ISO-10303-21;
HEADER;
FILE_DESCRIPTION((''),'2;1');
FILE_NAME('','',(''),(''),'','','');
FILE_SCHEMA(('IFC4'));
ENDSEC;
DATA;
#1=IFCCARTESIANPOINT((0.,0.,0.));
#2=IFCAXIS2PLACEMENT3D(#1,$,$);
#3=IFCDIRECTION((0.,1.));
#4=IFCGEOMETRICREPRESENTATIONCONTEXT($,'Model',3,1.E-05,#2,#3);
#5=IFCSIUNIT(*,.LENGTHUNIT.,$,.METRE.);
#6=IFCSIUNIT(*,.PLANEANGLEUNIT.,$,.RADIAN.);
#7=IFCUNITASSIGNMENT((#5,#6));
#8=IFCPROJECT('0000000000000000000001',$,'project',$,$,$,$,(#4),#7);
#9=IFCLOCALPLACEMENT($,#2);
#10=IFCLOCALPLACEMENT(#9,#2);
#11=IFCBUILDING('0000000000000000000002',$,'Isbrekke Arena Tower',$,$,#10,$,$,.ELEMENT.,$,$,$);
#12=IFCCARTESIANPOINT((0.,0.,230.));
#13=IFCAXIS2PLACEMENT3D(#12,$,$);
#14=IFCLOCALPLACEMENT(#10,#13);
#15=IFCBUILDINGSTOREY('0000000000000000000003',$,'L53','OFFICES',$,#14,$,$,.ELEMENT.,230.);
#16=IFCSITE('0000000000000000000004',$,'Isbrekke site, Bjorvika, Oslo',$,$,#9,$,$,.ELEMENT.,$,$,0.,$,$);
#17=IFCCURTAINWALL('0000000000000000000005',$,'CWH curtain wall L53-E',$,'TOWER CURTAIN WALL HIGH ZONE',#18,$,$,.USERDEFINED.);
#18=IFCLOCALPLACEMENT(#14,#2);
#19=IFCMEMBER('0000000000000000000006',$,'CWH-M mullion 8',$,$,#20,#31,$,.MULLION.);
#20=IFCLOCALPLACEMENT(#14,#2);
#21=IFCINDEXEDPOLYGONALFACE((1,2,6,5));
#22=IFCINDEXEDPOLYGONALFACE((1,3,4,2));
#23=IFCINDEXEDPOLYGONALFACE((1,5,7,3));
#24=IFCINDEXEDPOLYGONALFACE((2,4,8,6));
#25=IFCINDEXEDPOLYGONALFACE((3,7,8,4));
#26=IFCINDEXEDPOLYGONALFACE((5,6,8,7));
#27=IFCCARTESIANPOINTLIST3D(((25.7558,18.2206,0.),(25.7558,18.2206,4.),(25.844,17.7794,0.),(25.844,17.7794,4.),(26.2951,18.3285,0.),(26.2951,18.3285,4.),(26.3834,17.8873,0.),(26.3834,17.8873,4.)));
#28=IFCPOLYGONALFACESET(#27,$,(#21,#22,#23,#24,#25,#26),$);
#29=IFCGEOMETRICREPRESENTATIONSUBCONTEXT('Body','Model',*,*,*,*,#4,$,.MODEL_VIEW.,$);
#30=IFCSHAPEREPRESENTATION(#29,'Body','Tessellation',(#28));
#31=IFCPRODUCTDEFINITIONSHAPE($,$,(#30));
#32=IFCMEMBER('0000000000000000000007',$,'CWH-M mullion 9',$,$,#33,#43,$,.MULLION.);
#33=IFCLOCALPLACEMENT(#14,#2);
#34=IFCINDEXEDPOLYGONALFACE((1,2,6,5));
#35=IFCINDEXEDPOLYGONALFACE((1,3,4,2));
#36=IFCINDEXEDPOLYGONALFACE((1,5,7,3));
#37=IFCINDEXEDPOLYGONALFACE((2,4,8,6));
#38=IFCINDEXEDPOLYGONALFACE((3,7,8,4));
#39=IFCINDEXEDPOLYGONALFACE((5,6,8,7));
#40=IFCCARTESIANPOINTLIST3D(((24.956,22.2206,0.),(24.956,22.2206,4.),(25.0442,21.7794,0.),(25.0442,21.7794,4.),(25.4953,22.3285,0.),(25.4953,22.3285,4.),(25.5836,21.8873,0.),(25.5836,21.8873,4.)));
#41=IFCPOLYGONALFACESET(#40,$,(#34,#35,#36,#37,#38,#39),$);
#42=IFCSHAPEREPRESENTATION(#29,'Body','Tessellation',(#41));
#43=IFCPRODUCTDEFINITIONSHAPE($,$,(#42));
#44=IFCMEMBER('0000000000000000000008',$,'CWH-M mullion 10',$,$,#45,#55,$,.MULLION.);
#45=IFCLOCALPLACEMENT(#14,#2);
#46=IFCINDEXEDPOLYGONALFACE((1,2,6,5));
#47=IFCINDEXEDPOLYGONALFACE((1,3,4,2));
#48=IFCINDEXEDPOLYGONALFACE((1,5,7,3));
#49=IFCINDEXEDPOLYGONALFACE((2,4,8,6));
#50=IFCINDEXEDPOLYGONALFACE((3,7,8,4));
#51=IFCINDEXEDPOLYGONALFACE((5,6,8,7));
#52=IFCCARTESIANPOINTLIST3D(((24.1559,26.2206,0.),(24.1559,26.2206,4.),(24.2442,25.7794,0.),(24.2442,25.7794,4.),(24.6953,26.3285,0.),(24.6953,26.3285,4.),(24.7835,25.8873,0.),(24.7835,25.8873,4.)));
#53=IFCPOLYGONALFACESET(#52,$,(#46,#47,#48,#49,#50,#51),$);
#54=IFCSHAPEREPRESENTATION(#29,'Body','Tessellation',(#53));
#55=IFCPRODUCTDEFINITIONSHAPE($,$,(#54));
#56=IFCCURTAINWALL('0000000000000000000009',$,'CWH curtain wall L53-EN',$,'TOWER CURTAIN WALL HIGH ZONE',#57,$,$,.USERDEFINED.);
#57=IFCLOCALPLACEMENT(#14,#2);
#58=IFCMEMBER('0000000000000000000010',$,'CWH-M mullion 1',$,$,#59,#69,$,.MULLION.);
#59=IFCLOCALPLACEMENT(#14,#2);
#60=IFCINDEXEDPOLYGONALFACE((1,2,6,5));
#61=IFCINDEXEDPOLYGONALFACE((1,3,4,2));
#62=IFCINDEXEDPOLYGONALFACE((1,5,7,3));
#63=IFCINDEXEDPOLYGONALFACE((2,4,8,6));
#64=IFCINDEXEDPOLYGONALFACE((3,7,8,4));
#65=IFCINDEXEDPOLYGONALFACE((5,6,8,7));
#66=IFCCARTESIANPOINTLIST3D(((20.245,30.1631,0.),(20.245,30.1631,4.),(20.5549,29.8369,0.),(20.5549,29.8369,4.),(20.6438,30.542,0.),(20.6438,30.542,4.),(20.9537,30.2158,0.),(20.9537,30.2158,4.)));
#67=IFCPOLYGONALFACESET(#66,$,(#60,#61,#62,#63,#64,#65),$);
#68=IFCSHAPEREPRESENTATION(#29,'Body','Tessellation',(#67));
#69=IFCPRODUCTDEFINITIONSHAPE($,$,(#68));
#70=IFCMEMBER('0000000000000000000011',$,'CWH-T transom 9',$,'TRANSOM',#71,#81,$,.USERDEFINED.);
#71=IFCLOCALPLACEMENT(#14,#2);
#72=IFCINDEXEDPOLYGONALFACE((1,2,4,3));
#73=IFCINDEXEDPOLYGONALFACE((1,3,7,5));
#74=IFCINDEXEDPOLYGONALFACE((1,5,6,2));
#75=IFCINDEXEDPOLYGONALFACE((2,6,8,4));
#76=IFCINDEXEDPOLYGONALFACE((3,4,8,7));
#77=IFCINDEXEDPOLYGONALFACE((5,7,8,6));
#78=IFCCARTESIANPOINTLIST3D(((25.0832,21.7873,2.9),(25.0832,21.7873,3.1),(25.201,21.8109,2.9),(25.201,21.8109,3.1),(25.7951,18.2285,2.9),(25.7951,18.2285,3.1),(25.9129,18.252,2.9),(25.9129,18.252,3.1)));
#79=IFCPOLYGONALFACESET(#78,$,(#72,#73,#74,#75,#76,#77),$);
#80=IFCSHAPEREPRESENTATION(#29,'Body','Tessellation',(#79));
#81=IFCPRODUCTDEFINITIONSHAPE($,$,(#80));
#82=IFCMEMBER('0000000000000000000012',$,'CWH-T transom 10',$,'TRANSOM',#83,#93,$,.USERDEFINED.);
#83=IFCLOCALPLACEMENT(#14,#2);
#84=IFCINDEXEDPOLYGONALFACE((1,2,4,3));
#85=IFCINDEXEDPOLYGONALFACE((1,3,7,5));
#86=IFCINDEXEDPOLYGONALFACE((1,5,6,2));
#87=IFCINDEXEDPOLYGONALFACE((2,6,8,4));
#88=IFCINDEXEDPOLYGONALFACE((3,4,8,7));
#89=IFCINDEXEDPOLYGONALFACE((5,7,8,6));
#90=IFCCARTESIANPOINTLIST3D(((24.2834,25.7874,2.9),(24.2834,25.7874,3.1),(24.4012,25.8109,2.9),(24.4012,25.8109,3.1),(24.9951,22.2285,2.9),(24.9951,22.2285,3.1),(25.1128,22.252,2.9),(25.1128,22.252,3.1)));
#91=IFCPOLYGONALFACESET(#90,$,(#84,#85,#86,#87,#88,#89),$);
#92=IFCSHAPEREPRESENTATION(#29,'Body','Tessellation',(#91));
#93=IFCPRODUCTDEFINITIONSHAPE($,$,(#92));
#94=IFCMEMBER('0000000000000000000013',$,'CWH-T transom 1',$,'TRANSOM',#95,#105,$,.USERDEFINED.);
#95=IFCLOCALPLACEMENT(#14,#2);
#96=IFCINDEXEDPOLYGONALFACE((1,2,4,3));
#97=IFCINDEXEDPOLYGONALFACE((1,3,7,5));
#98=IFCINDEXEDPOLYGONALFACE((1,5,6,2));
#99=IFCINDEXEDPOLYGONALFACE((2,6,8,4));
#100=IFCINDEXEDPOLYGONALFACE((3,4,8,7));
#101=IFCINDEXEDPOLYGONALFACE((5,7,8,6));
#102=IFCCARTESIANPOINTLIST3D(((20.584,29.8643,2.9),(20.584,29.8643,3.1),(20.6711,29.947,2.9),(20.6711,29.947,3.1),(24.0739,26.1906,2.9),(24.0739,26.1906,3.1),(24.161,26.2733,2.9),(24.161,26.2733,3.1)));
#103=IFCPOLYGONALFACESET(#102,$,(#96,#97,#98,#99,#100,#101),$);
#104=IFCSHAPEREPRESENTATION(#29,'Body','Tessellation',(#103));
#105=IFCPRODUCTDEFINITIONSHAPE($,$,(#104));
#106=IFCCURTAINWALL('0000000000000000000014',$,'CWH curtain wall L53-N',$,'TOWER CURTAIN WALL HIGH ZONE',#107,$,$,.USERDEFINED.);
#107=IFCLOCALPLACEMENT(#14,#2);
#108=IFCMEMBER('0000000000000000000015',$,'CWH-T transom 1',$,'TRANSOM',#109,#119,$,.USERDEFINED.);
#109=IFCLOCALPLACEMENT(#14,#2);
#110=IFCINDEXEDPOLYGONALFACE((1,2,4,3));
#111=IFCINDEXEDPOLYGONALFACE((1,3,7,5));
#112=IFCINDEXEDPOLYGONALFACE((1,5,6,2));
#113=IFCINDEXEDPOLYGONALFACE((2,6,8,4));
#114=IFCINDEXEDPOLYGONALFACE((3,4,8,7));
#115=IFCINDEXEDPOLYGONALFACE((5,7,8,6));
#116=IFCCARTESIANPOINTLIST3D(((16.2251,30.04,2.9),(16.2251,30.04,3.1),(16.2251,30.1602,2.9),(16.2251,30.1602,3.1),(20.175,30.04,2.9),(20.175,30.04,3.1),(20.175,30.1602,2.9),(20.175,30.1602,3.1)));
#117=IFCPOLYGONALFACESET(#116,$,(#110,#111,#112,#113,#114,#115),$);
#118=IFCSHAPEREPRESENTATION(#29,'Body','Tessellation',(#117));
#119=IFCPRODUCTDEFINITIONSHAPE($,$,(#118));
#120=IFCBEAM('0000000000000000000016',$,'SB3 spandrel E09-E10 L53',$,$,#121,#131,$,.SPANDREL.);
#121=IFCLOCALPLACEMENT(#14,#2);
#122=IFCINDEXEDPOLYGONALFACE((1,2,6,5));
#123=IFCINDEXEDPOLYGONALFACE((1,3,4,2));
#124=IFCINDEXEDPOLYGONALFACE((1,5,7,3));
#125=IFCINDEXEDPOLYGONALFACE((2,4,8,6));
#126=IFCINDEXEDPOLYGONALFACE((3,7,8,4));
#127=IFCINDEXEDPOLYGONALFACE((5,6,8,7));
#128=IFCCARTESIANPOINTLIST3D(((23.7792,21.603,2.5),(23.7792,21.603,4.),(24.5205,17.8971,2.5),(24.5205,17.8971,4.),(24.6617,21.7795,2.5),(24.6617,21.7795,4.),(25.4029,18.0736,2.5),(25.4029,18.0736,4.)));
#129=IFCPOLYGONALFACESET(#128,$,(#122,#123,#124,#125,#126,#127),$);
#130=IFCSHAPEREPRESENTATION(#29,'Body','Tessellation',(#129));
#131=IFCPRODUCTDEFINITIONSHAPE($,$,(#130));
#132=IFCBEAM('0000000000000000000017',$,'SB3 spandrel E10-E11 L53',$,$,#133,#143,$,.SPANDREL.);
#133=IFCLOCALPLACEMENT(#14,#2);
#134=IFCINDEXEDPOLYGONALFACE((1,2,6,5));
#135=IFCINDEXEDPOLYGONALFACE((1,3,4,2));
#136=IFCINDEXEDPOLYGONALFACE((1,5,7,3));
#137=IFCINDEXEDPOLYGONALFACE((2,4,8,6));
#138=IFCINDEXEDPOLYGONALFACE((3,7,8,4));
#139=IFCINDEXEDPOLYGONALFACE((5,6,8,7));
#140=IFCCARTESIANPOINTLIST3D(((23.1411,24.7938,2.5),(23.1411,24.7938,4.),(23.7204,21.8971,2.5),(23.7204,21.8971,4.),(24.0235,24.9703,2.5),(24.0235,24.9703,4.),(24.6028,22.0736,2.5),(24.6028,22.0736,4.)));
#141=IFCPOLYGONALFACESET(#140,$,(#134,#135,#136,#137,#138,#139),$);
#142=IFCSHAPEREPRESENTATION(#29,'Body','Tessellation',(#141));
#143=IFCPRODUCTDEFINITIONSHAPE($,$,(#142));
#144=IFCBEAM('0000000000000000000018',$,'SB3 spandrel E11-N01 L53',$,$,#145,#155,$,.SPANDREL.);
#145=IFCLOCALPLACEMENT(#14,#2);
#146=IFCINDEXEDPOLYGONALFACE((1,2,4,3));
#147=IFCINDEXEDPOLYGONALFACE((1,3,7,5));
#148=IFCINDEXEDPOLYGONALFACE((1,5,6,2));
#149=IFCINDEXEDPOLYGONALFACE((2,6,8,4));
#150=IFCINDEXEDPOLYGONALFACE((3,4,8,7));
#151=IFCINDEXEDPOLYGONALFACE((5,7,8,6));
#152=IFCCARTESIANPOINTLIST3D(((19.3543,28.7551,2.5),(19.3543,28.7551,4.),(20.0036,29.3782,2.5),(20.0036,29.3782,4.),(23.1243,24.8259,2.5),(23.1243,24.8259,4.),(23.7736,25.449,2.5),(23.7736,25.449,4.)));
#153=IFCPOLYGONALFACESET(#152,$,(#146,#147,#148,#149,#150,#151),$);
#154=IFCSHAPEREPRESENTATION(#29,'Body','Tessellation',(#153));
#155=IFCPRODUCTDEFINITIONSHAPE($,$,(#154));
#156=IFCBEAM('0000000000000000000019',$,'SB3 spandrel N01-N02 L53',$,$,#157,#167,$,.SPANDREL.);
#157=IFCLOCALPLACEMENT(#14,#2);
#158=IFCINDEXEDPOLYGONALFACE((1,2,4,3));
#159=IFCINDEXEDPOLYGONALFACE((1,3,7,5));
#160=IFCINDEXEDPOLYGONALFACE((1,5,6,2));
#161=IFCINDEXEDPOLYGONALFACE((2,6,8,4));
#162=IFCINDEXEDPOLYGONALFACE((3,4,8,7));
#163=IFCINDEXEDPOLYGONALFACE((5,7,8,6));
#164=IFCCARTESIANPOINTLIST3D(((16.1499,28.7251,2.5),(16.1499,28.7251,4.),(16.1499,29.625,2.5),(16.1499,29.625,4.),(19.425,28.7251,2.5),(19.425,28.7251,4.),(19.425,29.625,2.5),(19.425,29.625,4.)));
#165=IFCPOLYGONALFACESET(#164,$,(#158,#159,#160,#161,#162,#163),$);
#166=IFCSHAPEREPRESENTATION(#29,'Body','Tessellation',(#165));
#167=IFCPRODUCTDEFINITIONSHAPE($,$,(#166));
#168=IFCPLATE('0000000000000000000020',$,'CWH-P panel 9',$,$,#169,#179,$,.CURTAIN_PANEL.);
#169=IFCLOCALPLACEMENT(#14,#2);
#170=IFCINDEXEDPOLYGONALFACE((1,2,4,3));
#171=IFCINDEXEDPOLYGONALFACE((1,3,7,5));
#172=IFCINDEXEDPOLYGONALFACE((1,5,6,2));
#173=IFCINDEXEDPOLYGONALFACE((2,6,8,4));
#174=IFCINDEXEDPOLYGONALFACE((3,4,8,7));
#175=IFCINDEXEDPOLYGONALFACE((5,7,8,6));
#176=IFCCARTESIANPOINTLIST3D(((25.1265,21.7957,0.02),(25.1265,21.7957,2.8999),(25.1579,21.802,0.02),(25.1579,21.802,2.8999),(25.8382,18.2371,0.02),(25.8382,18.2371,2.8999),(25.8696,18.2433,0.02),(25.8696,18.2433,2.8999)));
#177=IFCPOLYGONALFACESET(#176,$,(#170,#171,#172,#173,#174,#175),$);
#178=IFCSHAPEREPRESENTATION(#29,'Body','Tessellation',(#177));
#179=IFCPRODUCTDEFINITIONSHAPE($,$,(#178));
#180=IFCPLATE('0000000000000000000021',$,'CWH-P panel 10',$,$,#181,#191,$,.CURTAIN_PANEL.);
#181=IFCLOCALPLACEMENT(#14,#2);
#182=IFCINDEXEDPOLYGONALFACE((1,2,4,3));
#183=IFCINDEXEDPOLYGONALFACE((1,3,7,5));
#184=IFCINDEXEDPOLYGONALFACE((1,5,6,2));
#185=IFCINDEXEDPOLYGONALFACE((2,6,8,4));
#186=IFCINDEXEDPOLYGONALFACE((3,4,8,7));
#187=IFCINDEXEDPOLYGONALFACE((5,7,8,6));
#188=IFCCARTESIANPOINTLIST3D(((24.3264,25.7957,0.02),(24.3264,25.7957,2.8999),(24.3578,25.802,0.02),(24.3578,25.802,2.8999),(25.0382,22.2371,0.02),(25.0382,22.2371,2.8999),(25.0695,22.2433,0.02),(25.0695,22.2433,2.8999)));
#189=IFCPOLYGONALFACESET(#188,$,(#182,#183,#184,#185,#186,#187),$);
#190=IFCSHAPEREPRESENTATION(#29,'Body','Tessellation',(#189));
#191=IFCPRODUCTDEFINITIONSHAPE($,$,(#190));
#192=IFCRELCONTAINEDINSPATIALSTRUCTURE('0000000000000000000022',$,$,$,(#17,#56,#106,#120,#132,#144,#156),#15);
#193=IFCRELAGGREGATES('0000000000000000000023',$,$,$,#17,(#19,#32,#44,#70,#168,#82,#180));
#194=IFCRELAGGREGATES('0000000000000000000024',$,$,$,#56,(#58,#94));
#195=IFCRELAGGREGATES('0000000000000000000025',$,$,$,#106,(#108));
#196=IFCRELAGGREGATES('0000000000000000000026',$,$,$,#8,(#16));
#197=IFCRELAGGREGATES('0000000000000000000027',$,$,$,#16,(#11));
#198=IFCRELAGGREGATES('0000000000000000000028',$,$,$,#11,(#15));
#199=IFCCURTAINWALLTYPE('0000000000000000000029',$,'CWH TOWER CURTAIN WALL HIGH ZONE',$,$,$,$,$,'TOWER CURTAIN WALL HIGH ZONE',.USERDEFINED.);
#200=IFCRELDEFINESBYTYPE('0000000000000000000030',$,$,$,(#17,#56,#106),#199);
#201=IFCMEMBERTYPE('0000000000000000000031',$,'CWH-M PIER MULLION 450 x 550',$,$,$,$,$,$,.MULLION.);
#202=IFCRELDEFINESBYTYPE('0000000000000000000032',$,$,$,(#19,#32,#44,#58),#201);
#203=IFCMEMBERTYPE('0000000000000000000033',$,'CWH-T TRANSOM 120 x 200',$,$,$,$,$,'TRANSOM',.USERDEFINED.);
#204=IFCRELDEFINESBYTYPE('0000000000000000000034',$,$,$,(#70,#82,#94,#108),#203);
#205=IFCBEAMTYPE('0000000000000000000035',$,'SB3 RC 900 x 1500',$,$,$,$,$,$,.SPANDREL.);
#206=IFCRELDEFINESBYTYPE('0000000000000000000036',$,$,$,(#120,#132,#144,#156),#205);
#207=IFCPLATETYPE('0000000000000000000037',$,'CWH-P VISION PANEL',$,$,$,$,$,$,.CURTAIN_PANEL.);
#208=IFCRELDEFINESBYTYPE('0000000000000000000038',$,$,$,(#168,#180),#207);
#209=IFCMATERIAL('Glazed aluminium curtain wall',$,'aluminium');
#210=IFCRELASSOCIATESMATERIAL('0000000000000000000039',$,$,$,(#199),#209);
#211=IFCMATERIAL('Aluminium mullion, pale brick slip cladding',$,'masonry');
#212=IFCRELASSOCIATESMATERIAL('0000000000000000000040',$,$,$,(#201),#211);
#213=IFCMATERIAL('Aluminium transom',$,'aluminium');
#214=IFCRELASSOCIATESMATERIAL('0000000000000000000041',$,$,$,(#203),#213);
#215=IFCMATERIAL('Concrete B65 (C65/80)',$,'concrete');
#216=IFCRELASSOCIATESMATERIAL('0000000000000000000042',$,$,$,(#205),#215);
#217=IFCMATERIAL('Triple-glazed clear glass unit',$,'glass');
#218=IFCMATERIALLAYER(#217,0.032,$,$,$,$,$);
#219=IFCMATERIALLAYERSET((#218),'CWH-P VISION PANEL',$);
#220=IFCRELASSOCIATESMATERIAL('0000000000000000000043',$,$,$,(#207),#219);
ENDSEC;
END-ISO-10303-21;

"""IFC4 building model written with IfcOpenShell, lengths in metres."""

from ifc_helpers import new_model, si_unit, direction, frame, origin, origin_2d, place, context, subcontext, project, spatial, rectangle, extrude, material, layer, layer_set, material_profile, profile_set, type_object, element, aggregate, save


model = new_model("IFC4")

# Units and contexts
model_context = context("Model", 3, precision=1e-05, world=origin(), true_north=direction((0.0, 1.0)))
body_context = subcontext(model_context, "Body", "Model", "MODEL_VIEW")
ifc_project = project(units=[si_unit("LENGTHUNIT", "METRE"), si_unit("PLANEANGLEUNIT", "RADIAN")], contexts=[model_context])

# Site, building, storey
site_placement = place(None, origin())
site = spatial("IfcSite", under=ifc_project, at=site_placement, Name="Isbrekke site, Bjorvika, Oslo", CompositionType="ELEMENT", RefElevation=0.0)
building_placement = place(site_placement, origin())
building = spatial("IfcBuilding", under=site, at=building_placement, Name="Isbrekke Arena Tower", CompositionType="ELEMENT")
storey_placement = place(building_placement, frame((0.0, 0.0, 230.0)))
storey = spatial("IfcBuildingStorey", under=building, at=storey_placement, Name="L53", Description="OFFICES", CompositionType="ELEMENT", Elevation=230.0)

# Curtain wall, members
ifc_material_1 = material(Name="Glazed aluminium curtain wall", Category="aluminium")
curtain_wall_type = type_object("IfcCurtainWallType", Name="CWH TOWER CURTAIN WALL HIGH ZONE", ElementType="TOWER CURTAIN WALL HIGH ZONE", PredefinedType="USERDEFINED", material=ifc_material_1)
curtain_wall_1_placement = place(storey_placement, origin())
curtain_wall_1 = element("IfcCurtainWall", 1, at=curtain_wall_1_placement, inside=storey, type_object=curtain_wall_type, Name="CWH curtain wall L53-E", ObjectType="TOWER CURTAIN WALL HIGH ZONE", PredefinedType="USERDEFINED")
ifc_material_2 = material(Name="Aluminium mullion, pale brick slip cladding", Category="masonry")
ifc_material_profile_1 = material_profile(ifc_material_2, rectangle(XDim=0.45, YDim=0.55, at=origin_2d()), Name="PIER 450X550")
ifc_profile_set_1 = profile_set([ifc_material_profile_1], Name="Aluminium mullion, pale brick slip cladding")
member_type_1 = type_object("IfcMemberType", Name="CWH-M PIER MULLION 450 x 550", PredefinedType="MULLION", material=ifc_profile_set_1)
member_1_placement = place(storey_placement, frame((26.0696, 18.054, 0.0), z_axis=(0.0, 0.0, 1.0), x_axis=(-0.196116, 0.980581, 0.0)))
member_1 = element("IfcMember", 2, at=member_1_placement, type_object=member_type_1, Name="CWH-M mullion 8", PredefinedType="MULLION", context=body_context, shape_type="SweptSolid", body=[
    extrude(rectangle(XDim=0.45, YDim=0.55, at=origin_2d()), origin(), (0.0, 0.0, 1.0), 4.0),
])
member_2_placement = place(storey_placement, frame((25.2698, 22.054, 0.0), z_axis=(0.0, 0.0, 1.0), x_axis=(-0.196116, 0.980581, 0.0)))
member_2 = element("IfcMember", 3, at=member_2_placement, type_object=member_type_1, Name="CWH-M mullion 9", PredefinedType="MULLION", context=body_context, shape_type="SweptSolid", body=[
    extrude(rectangle(XDim=0.45, YDim=0.55, at=origin_2d()), origin(), (0.0, 0.0, 1.0), 4.0),
])
member_3_placement = place(storey_placement, frame((24.4697, 26.054, 0.0), z_axis=(0.0, 0.0, 1.0), x_axis=(-0.196116, 0.980581, 0.0)))
member_3 = element("IfcMember", 4, at=member_3_placement, type_object=member_type_1, Name="CWH-M mullion 10", PredefinedType="MULLION", context=body_context, shape_type="SweptSolid", body=[
    extrude(rectangle(XDim=0.45, YDim=0.55, at=origin_2d()), origin(), (0.0, 0.0, 1.0), 4.0),
])

# Curtain wall, member
curtain_wall_2_placement = place(storey_placement, origin())
curtain_wall_2 = element("IfcCurtainWall", 5, at=curtain_wall_2_placement, inside=storey, type_object=curtain_wall_type, Name="CWH curtain wall L53-EN", ObjectType="TOWER CURTAIN WALL HIGH ZONE", PredefinedType="USERDEFINED")
member_4_placement = place(storey_placement, frame((20.5994, 30.1895, 0.0), z_axis=(0.0, 0.0, 1.0), x_axis=(-0.688749, 0.724999, 0.0)))
member_4 = element("IfcMember", 6, at=member_4_placement, type_object=member_type_1, Name="CWH-M mullion 1", PredefinedType="MULLION", context=body_context, shape_type="SweptSolid", body=[
    extrude(rectangle(XDim=0.45, YDim=0.55, at=origin_2d()), origin(), (0.0, 0.0, 1.0), 4.0),
])

# Members
ifc_material_3 = material(Name="Aluminium transom", Category="aluminium")
ifc_material_profile_2 = material_profile(ifc_material_3, rectangle(XDim=0.1201, YDim=0.2, at=origin_2d()), Name="TRANSOM 120X200")
ifc_profile_set_2 = profile_set([ifc_material_profile_2], Name="Aluminium transom")
member_type_2 = type_object("IfcMemberType", Name="CWH-T TRANSOM 120 x 200", ElementType="TRANSOM", PredefinedType="USERDEFINED", material=ifc_profile_set_2)
member_5_placement = place(storey_placement, frame((25.854, 18.2402, 3.0), z_axis=(-0.196155, 0.980573, 0.0), x_axis=(-0.980573, -0.196155, 0.0)))
member_5 = element("IfcMember", 7, at=member_5_placement, type_object=member_type_2, Name="CWH-T transom 9", ObjectType="TRANSOM", PredefinedType="USERDEFINED", context=body_context, shape_type="SweptSolid", body=[
    extrude(rectangle(XDim=0.1201, YDim=0.2, at=origin_2d()), origin(), (0.0, 0.0, 1.0), 3.6294),
])
member_6_placement = place(storey_placement, frame((25.054, 22.2402, 3.0), z_axis=(-0.19609, 0.980586, 0.0), x_axis=(-0.980586, -0.19609, 0.0)))
member_6 = element("IfcMember", 8, at=member_6_placement, type_object=member_type_2, Name="CWH-T transom 10", ObjectType="TRANSOM", PredefinedType="USERDEFINED", context=body_context, shape_type="SweptSolid", body=[
    extrude(rectangle(XDim=0.1201, YDim=0.2, at=origin_2d()), origin(), (0.0, 0.0, 1.0), 3.6294),
])
member_7_placement = place(storey_placement, frame((24.1174, 26.2319, 3.0), z_axis=(-0.688734, 0.725014, 0.0), x_axis=(-0.725014, -0.688734, 0.0)))
member_7 = element("IfcMember", 9, at=member_7_placement, type_object=member_type_2, Name="CWH-T transom 1", ObjectType="TRANSOM", PredefinedType="USERDEFINED", context=body_context, shape_type="SweptSolid", body=[
    extrude(rectangle(XDim=0.1201, YDim=0.2, at=origin_2d()), origin(), (0.0, 0.0, 1.0), 5.0671),
])

# Curtain wall, member
curtain_wall_3_placement = place(storey_placement, origin())
curtain_wall_3 = element("IfcCurtainWall", 10, at=curtain_wall_3_placement, inside=storey, type_object=curtain_wall_type, Name="CWH curtain wall L53-N", ObjectType="TOWER CURTAIN WALL HIGH ZONE", PredefinedType="USERDEFINED")
member_8_placement = place(storey_placement, frame((20.175, 30.1001, 3.0), z_axis=(-1.0, 0.0, 0.0), x_axis=(0.0, -1.0, 0.0)))
member_8 = element("IfcMember", 11, at=member_8_placement, type_object=member_type_2, Name="CWH-T transom 1", ObjectType="TRANSOM", PredefinedType="USERDEFINED", context=body_context, shape_type="SweptSolid", body=[
    extrude(rectangle(XDim=0.1201, YDim=0.2, at=origin_2d()), origin(), (0.0, 0.0, 1.0), 3.95),
])

# Beams
ifc_material_4 = material(Name="Concrete B65 (C65/80)", Category="concrete")
ifc_material_profile_3 = material_profile(ifc_material_4, rectangle(XDim=0.8999, YDim=1.5, at=origin_2d()), Name="RC 900x1500")
ifc_profile_set_3 = profile_set([ifc_material_profile_3], Name="Concrete B65 (C65/80)")
beam_type_1 = type_object("IfcBeamType", Name="SB3 RC 900 x 1500", PredefinedType="SPANDREL", material=ifc_profile_set_3)
beam_1_placement = place(storey_placement, frame((24.9617, 17.9854, 3.25), z_axis=(-0.196129, 0.980578, 0.0), x_axis=(-0.980578, -0.196129, 0.0)))
element("IfcBeam", 12, at=beam_1_placement, inside=storey, type_object=beam_type_1, Name="SB3 spandrel E09-E10 L53", PredefinedType="SPANDREL", context=body_context, shape_type="SweptSolid", body=[
    extrude(rectangle(XDim=0.8999, YDim=1.5, at=origin_2d()), origin(), (0.0, 0.0, 1.0), 3.7793),
])
beam_2_placement = place(storey_placement, frame((24.1616, 21.9854, 3.25), z_axis=(-0.196116, 0.980581, 0.0), x_axis=(-0.980581, -0.196116, 0.0)))
element("IfcBeam", 13, at=beam_2_placement, inside=storey, type_object=beam_type_1, Name="SB3 spandrel E10-E11 L53", PredefinedType="SPANDREL", context=body_context, shape_type="SweptSolid", body=[
    extrude(rectangle(XDim=0.8999, YDim=1.5, at=origin_2d()), origin(), (0.0, 0.0, 1.0), 2.9541),
])
beam_3_placement = place(storey_placement, frame((23.449, 25.1375, 3.25), z_axis=(-0.69234, 0.721572, 0.0), x_axis=(-0.721572, -0.69234, 0.0)))
element("IfcBeam", 14, at=beam_3_placement, inside=storey, type_object=beam_type_1, Name="SB3 spandrel E11-N01 L53", PredefinedType="SPANDREL", context=body_context, shape_type="SweptSolid", body=[
    extrude(rectangle(XDim=0.8999, YDim=1.5, at=origin_2d()), origin(), (0.0, 0.0, 1.0), 5.4453),
])
beam_4_placement = place(storey_placement, frame((19.425, 29.175, 3.25), z_axis=(-1.0, 0.0, 0.0), x_axis=(0.0, -1.0, 0.0)))
element("IfcBeam", 15, at=beam_4_placement, inside=storey, type_object=beam_type_1, Name="SB3 spandrel N01-N02 L53", PredefinedType="SPANDREL", context=body_context, shape_type="SweptSolid", body=[
    extrude(rectangle(XDim=0.8999, YDim=1.5, at=origin_2d()), origin(), (0.0, 0.0, 1.0), 3.2751),
])

# Plates
ifc_material_5 = material(Name="Triple-glazed clear glass unit", Category="glass")
ifc_layer_1 = layer(ifc_material_5, 0.032)
ifc_layer_set_1 = layer_set([ifc_layer_1], Name="CWH-P VISION PANEL")
plate_type = type_object("IfcPlateType", Name="CWH-P VISION PANEL", PredefinedType="CURTAIN_PANEL", material=ifc_layer_set_1)
plate_1_placement = place(storey_placement, frame((25.498, 20.0195, 0.02), z_axis=(0.0, 0.0, 1.0), x_axis=(-0.196116, 0.980581, 0.0)))
plate_1 = element("IfcPlate", 16, at=plate_1_placement, type_object=plate_type, Name="CWH-P panel 9", PredefinedType="CURTAIN_PANEL", context=body_context, shape_type="SweptSolid", body=[
    extrude(rectangle(XDim=3.6292, YDim=0.032, at=origin_2d()), origin(), (0.0, 0.0, 1.0), 2.8799),
])
plate_2_placement = place(storey_placement, frame((24.698, 24.0195, 0.02), z_axis=(0.0, 0.0, 1.0), x_axis=(-0.196116, 0.980581, 0.0)))
plate_2 = element("IfcPlate", 17, at=plate_2_placement, type_object=plate_type, Name="CWH-P panel 10", PredefinedType="CURTAIN_PANEL", context=body_context, shape_type="SweptSolid", body=[
    extrude(rectangle(XDim=3.6292, YDim=0.032, at=origin_2d()), origin(), (0.0, 0.0, 1.0), 2.8799),
])
aggregate(curtain_wall_1, [member_1, member_2, member_3, member_5, plate_1, member_6, plate_2])
aggregate(curtain_wall_2, [member_4, member_7])
aggregate(curtain_wall_3, [member_8])

save(model, "model.ifc")
